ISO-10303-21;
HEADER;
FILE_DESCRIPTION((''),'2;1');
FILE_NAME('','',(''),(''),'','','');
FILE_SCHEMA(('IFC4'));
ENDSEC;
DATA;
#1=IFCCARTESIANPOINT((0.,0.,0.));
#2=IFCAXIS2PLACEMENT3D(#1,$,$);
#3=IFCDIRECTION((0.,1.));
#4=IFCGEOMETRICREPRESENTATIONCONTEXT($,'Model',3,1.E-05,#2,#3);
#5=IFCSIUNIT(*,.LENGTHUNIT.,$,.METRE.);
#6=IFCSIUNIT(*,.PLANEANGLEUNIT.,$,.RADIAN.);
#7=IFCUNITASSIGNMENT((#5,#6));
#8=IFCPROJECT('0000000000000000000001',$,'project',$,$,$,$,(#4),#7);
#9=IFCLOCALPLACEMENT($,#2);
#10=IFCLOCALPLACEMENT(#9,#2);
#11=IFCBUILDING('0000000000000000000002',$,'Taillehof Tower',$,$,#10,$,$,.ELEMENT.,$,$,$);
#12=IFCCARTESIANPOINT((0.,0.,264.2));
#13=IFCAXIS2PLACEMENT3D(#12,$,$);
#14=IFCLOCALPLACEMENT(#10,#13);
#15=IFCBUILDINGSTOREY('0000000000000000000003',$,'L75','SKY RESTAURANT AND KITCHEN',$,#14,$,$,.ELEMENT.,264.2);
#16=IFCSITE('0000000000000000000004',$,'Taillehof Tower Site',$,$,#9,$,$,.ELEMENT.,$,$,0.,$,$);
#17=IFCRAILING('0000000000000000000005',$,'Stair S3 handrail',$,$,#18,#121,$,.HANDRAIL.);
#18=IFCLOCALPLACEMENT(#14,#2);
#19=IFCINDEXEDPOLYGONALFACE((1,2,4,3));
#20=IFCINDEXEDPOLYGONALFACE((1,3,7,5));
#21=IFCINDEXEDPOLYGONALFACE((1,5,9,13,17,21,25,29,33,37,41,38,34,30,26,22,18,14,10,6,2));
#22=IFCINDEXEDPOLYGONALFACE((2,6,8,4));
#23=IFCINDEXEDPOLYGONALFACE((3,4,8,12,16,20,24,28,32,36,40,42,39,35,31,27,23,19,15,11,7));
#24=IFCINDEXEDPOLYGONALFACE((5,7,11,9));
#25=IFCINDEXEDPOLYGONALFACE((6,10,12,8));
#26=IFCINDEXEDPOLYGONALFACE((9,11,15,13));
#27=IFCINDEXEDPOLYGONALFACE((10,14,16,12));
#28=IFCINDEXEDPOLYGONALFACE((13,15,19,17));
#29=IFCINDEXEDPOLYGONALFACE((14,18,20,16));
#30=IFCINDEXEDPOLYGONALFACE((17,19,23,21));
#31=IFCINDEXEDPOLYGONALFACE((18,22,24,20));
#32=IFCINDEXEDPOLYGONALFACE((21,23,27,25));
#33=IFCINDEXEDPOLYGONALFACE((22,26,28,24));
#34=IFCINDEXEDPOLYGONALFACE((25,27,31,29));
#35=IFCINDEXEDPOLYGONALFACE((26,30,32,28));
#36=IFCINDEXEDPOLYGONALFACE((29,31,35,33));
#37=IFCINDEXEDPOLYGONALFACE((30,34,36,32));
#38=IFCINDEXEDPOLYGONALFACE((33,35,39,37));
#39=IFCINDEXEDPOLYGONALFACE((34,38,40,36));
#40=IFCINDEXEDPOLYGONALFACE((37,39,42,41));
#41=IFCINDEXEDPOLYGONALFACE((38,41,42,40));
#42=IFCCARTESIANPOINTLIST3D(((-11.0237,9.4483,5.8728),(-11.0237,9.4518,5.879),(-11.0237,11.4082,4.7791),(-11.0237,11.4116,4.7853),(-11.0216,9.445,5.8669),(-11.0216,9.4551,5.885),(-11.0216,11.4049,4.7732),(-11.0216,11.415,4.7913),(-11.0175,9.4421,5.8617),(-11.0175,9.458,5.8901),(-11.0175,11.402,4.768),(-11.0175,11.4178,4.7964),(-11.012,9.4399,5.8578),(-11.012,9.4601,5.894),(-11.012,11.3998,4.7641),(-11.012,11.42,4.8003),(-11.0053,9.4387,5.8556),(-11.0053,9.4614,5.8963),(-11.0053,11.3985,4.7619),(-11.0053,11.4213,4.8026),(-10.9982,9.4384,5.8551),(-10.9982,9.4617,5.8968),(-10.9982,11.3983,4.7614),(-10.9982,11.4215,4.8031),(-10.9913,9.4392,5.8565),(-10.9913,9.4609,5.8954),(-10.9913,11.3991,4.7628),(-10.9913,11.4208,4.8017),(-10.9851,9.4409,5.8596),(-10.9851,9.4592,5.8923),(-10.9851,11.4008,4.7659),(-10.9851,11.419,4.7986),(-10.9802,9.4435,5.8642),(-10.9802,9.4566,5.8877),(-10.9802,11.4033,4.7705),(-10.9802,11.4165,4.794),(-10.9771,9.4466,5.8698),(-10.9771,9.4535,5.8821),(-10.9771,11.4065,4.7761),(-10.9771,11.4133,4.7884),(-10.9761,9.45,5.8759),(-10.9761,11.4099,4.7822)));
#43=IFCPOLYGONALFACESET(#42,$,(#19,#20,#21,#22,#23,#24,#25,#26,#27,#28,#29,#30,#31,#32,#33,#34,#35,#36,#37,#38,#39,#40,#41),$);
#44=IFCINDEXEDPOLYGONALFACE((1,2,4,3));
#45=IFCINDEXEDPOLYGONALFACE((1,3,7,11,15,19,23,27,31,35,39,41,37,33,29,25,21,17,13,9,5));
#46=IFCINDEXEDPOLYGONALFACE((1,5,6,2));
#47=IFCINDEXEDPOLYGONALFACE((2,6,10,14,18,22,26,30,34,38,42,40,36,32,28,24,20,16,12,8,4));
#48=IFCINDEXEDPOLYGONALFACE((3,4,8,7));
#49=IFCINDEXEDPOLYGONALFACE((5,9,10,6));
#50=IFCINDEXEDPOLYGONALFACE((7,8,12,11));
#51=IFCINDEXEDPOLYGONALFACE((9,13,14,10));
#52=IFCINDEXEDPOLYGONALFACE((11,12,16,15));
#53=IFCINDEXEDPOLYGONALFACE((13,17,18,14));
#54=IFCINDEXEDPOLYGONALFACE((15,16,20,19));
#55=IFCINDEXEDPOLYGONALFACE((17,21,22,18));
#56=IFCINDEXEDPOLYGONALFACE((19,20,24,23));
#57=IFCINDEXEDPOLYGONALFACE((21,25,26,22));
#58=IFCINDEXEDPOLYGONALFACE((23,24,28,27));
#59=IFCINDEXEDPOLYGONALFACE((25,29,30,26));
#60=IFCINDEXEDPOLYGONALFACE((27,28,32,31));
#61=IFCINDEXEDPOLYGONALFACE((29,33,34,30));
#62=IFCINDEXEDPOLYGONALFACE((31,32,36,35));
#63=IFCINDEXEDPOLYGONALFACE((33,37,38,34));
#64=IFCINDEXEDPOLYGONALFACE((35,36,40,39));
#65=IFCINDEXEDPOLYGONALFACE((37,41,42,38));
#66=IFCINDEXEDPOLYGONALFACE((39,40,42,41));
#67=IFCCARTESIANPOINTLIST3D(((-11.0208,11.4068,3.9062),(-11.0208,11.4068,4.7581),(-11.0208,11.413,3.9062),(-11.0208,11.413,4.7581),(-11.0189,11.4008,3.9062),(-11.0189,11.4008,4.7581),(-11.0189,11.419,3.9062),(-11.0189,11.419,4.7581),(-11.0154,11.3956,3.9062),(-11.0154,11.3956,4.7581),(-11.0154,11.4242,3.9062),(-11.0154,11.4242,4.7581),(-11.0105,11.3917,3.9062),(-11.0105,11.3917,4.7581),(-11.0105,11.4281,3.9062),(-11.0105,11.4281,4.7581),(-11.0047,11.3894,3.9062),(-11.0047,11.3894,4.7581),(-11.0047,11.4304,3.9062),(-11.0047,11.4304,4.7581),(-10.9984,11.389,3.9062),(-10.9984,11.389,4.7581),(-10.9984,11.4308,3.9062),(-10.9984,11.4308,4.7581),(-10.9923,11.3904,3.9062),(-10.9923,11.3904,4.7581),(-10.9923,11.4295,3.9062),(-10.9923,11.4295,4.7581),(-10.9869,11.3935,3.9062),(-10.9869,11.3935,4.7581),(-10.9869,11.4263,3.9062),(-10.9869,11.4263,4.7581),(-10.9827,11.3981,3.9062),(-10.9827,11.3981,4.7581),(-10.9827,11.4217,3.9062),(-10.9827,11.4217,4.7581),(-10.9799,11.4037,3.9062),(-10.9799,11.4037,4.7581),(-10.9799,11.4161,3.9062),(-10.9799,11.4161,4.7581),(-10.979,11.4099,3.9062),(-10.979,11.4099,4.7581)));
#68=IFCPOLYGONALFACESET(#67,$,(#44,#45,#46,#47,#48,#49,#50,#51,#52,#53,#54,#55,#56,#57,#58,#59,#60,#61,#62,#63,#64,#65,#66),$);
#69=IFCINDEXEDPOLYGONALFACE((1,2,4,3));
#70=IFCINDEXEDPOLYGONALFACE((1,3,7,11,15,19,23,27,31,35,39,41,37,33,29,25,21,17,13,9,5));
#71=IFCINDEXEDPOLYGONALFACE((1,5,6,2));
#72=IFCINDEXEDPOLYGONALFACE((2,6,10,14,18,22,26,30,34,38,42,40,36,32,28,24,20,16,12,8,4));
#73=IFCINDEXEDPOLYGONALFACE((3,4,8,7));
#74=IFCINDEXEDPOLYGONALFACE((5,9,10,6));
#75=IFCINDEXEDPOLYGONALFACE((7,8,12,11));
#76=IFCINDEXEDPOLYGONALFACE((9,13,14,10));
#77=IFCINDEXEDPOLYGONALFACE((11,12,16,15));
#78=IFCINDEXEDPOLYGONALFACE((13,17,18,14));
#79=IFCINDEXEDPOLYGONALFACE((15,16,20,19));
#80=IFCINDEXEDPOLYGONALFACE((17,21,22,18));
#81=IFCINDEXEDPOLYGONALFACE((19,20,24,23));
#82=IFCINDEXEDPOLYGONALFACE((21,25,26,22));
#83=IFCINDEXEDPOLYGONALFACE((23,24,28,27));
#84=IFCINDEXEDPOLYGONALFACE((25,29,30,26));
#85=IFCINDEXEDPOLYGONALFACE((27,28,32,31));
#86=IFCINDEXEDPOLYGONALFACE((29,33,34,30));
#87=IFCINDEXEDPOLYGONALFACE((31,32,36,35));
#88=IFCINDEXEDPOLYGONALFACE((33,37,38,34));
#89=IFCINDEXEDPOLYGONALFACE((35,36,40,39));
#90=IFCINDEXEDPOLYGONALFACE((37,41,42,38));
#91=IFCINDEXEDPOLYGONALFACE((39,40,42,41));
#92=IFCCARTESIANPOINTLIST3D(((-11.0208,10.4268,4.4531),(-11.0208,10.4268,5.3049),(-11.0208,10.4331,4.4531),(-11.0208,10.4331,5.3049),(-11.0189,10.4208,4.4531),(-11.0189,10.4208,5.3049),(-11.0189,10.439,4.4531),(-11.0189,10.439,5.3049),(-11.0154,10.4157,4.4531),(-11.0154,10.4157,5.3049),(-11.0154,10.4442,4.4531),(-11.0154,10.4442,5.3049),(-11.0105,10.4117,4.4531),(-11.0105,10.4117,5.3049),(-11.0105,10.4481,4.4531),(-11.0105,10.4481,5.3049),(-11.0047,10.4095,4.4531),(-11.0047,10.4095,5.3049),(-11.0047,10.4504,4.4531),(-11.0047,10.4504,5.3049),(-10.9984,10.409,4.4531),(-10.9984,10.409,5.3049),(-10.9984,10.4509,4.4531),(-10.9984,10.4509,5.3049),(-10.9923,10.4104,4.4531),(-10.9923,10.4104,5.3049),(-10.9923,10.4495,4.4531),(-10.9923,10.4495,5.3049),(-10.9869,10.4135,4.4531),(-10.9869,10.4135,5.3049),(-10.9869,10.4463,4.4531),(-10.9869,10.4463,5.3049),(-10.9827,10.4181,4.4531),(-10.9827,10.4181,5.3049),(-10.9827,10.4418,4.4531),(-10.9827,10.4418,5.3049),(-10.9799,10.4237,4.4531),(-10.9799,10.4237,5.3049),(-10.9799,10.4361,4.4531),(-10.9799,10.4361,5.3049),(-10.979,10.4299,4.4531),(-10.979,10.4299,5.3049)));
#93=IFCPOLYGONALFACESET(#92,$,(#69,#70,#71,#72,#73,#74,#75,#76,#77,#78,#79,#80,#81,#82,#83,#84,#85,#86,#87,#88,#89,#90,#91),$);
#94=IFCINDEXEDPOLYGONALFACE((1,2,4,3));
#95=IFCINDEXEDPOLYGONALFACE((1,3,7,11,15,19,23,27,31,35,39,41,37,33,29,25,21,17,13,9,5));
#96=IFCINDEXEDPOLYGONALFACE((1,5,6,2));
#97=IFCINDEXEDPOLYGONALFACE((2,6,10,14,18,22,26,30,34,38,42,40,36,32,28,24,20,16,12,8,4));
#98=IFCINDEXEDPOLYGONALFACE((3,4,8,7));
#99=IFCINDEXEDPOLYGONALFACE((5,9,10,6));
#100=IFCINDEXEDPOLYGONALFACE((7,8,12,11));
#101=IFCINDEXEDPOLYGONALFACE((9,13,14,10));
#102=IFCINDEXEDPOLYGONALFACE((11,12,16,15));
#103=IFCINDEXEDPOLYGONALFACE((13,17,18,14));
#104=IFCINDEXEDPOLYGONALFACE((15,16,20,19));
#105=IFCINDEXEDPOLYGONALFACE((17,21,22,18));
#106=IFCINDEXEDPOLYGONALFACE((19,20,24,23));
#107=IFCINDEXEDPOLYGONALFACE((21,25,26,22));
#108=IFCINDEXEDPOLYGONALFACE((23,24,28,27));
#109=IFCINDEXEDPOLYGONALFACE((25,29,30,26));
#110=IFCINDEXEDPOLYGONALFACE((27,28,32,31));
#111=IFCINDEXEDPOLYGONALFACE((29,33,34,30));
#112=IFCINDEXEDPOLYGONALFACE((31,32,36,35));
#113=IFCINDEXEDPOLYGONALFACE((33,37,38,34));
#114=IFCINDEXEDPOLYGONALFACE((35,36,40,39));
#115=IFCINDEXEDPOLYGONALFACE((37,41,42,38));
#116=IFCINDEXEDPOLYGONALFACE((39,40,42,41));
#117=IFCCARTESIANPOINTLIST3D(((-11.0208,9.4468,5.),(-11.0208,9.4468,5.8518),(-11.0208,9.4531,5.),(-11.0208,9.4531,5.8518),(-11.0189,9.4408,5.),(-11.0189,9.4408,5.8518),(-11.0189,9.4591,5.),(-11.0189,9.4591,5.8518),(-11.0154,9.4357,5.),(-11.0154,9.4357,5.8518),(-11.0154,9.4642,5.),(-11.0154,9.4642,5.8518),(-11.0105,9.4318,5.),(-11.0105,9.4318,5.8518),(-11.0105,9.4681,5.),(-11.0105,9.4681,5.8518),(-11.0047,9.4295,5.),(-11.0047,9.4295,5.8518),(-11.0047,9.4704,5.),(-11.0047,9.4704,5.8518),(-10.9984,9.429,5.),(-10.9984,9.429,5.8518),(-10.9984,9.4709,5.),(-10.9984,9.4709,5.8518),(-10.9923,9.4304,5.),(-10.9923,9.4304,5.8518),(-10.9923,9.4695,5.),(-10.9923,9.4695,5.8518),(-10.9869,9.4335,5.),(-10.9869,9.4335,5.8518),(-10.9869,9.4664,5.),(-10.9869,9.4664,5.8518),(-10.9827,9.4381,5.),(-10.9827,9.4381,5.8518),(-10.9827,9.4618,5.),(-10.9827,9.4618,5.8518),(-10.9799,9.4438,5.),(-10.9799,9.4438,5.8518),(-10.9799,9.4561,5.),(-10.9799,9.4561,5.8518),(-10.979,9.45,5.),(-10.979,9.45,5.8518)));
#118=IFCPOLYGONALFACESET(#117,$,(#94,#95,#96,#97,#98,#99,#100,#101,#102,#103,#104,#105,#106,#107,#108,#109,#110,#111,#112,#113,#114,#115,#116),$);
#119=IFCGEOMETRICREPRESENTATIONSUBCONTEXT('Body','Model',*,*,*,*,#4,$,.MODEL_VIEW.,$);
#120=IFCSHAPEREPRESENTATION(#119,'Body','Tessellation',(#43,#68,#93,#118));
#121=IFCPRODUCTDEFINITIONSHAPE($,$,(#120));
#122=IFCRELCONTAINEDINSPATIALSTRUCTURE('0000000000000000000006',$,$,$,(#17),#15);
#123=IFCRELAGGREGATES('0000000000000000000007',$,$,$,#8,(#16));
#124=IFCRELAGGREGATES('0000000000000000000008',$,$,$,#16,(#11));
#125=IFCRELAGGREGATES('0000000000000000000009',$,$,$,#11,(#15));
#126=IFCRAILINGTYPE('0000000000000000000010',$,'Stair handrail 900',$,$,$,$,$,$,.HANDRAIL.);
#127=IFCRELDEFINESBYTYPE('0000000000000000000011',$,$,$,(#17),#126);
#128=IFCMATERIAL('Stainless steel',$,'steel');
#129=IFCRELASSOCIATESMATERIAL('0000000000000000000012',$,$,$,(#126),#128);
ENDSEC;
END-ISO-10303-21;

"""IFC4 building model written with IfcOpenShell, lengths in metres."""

from ifc_helpers import new_model, si_unit, direction, frame, origin, origin_2d, place, context, subcontext, project, spatial, circle, extrude, material, type_object, element, save


model = new_model("IFC4")

# Units and contexts
model_context = context("Model", 3, precision=1e-05, world=origin(), true_north=direction((0.0, 1.0)))
body_context = subcontext(model_context, "Body", "Model", "MODEL_VIEW")
ifc_project = project(units=[si_unit("LENGTHUNIT", "METRE"), si_unit("PLANEANGLEUNIT", "RADIAN")], contexts=[model_context])

# Site, building, storey
site_placement = place(None, origin())
site = spatial("IfcSite", under=ifc_project, at=site_placement, Name="Taillehof Tower Site", CompositionType="ELEMENT", RefElevation=0.0)
building_placement = place(site_placement, origin())
building = spatial("IfcBuilding", under=site, at=building_placement, Name="Taillehof Tower", CompositionType="ELEMENT")
storey_placement = place(building_placement, frame((0.0, 0.0, 264.2)))
storey = spatial("IfcBuildingStorey", under=building, at=storey_placement, Name="L75", Description="SKY RESTAURANT AND KITCHEN", CompositionType="ELEMENT", Elevation=264.2)

# Railing
ifc_material_1 = material(Name="Stainless steel", Category="steel")
railing_type_1 = type_object("IfcRailingType", Name="Stair handrail 900", PredefinedType="HANDRAIL", material=ifc_material_1)
for number, where, name in (
    (1, (-11.0, 11.4099, 3.9062), "Stair S3 handrail"),
):
    element("IfcRailing", number, at=place(storey_placement, frame(where)), inside=storey, type_object=railing_type_1, Name=name, PredefinedType="HANDRAIL", context=body_context, shape_type="SweptSolid", body=[
        extrude(circle(Radius=0.0239, at=origin_2d()), frame((0.0, 0.0, 0.876), z_axis=(0.0, -0.873232, 0.487304), x_axis=(1.0, 0.0, 0.0)), (0.0, 0.0, 1.0), 2.2444),
        extrude(circle(Radius=0.021, at=origin_2d()), origin(), (0.0, 0.0, 1.0), 0.8518),
        extrude(circle(Radius=0.021, at=origin_2d()), frame((0.0, -0.98, 0.5469)), (0.0, 0.0, 1.0), 0.8518),
        extrude(circle(Radius=0.021, at=origin_2d()), frame((0.0, -1.96, 1.0938)), (0.0, 0.0, 1.0), 0.8518),
    ])

save(model, "model.ifc")
